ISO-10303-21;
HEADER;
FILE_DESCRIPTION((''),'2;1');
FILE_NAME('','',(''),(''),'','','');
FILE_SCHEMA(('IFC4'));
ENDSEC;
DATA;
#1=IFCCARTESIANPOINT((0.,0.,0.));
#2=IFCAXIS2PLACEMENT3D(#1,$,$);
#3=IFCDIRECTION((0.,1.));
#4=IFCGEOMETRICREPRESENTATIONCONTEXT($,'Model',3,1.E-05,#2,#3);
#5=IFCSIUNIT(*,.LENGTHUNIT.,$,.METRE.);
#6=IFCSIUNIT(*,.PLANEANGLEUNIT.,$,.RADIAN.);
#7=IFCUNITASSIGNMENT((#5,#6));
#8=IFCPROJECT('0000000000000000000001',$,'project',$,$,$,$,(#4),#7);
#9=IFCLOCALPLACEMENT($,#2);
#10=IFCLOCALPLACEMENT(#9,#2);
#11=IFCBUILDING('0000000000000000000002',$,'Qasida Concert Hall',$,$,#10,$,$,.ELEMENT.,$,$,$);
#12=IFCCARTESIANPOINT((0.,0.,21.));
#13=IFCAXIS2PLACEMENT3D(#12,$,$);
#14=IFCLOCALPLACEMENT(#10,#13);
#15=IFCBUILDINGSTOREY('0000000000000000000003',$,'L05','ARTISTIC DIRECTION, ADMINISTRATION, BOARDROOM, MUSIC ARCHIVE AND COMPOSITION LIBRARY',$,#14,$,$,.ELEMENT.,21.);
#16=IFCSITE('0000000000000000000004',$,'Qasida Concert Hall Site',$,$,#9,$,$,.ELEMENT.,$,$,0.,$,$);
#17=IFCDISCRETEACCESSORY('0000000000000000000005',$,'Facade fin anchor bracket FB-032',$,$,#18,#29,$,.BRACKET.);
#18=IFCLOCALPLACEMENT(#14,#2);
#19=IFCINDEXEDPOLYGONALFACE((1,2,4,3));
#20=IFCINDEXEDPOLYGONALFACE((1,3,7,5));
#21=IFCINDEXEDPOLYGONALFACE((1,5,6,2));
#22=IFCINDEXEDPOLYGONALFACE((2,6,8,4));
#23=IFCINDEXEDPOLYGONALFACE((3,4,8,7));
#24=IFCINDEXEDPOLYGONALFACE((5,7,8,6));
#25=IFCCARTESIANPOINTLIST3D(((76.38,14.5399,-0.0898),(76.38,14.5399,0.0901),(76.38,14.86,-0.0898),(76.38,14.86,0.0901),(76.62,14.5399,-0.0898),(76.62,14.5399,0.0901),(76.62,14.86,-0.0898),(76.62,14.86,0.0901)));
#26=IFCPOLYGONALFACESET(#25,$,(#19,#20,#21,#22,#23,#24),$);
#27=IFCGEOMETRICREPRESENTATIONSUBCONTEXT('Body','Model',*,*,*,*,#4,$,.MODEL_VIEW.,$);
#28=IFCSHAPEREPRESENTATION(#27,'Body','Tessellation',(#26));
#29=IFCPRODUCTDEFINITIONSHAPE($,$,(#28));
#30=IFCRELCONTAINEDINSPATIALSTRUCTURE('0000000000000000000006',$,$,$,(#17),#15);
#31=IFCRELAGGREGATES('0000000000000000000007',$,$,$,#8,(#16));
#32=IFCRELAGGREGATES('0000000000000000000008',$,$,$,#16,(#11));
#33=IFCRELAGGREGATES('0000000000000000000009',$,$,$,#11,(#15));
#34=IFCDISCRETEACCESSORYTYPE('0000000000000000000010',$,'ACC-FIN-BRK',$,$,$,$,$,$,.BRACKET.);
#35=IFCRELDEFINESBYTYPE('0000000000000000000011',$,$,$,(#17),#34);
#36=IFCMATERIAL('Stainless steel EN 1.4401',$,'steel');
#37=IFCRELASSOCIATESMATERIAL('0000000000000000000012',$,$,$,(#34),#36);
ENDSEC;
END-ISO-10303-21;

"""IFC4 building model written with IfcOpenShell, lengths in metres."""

from ifc_helpers import new_model, si_unit, direction, frame, origin, origin_2d, place, context, subcontext, project, spatial, rectangle, extrude, material, type_object, element, save


model = new_model("IFC4")

# Units and contexts
model_context = context("Model", 3, precision=1e-05, world=origin(), true_north=direction((0.0, 1.0)))
body_context = subcontext(model_context, "Body", "Model", "MODEL_VIEW")
ifc_project = project(units=[si_unit("LENGTHUNIT", "METRE"), si_unit("PLANEANGLEUNIT", "RADIAN")], contexts=[model_context])

# Site, building, storey
site_placement = place(None, origin())
site = spatial("IfcSite", under=ifc_project, at=site_placement, Name="Qasida Concert Hall Site", CompositionType="ELEMENT", RefElevation=0.0)
building_placement = place(site_placement, origin())
building = spatial("IfcBuilding", under=site, at=building_placement, Name="Qasida Concert Hall", CompositionType="ELEMENT")
storey_placement = place(building_placement, frame((0.0, 0.0, 21.0)))
storey = spatial("IfcBuildingStorey", under=building, at=storey_placement, Name="L05", Description="ARTISTIC DIRECTION, ADMINISTRATION, BOARDROOM, MUSIC ARCHIVE AND COMPOSITION LIBRARY", CompositionType="ELEMENT", Elevation=21.0)

# Discrete accessory
ifc_material_1 = material(Name="Stainless steel EN 1.4401", Category="steel")
discrete_accessory_type = type_object("IfcDiscreteAccessoryType", Name="ACC-FIN-BRK", PredefinedType="BRACKET", material=ifc_material_1)
for number, where, z_axis, x_axis, name in (
    (1, (76.5, 14.7, -0.0898), (0.0, 0.0, 1.0), (1.0, 0.0, 0.0), "Facade fin anchor bracket FB-032"),
):
    element("IfcDiscreteAccessory", number, at=place(storey_placement, frame(where, z_axis=z_axis, x_axis=x_axis)), inside=storey, type_object=discrete_accessory_type, Name=name, PredefinedType="BRACKET", context=body_context, shape_type="SweptSolid", body=[
        extrude(rectangle(XDim=0.24, YDim=0.3201, at=origin_2d()), origin(), (0.0, 0.0, 1.0), 0.1799),
    ])

save(model, "model.ifc")
